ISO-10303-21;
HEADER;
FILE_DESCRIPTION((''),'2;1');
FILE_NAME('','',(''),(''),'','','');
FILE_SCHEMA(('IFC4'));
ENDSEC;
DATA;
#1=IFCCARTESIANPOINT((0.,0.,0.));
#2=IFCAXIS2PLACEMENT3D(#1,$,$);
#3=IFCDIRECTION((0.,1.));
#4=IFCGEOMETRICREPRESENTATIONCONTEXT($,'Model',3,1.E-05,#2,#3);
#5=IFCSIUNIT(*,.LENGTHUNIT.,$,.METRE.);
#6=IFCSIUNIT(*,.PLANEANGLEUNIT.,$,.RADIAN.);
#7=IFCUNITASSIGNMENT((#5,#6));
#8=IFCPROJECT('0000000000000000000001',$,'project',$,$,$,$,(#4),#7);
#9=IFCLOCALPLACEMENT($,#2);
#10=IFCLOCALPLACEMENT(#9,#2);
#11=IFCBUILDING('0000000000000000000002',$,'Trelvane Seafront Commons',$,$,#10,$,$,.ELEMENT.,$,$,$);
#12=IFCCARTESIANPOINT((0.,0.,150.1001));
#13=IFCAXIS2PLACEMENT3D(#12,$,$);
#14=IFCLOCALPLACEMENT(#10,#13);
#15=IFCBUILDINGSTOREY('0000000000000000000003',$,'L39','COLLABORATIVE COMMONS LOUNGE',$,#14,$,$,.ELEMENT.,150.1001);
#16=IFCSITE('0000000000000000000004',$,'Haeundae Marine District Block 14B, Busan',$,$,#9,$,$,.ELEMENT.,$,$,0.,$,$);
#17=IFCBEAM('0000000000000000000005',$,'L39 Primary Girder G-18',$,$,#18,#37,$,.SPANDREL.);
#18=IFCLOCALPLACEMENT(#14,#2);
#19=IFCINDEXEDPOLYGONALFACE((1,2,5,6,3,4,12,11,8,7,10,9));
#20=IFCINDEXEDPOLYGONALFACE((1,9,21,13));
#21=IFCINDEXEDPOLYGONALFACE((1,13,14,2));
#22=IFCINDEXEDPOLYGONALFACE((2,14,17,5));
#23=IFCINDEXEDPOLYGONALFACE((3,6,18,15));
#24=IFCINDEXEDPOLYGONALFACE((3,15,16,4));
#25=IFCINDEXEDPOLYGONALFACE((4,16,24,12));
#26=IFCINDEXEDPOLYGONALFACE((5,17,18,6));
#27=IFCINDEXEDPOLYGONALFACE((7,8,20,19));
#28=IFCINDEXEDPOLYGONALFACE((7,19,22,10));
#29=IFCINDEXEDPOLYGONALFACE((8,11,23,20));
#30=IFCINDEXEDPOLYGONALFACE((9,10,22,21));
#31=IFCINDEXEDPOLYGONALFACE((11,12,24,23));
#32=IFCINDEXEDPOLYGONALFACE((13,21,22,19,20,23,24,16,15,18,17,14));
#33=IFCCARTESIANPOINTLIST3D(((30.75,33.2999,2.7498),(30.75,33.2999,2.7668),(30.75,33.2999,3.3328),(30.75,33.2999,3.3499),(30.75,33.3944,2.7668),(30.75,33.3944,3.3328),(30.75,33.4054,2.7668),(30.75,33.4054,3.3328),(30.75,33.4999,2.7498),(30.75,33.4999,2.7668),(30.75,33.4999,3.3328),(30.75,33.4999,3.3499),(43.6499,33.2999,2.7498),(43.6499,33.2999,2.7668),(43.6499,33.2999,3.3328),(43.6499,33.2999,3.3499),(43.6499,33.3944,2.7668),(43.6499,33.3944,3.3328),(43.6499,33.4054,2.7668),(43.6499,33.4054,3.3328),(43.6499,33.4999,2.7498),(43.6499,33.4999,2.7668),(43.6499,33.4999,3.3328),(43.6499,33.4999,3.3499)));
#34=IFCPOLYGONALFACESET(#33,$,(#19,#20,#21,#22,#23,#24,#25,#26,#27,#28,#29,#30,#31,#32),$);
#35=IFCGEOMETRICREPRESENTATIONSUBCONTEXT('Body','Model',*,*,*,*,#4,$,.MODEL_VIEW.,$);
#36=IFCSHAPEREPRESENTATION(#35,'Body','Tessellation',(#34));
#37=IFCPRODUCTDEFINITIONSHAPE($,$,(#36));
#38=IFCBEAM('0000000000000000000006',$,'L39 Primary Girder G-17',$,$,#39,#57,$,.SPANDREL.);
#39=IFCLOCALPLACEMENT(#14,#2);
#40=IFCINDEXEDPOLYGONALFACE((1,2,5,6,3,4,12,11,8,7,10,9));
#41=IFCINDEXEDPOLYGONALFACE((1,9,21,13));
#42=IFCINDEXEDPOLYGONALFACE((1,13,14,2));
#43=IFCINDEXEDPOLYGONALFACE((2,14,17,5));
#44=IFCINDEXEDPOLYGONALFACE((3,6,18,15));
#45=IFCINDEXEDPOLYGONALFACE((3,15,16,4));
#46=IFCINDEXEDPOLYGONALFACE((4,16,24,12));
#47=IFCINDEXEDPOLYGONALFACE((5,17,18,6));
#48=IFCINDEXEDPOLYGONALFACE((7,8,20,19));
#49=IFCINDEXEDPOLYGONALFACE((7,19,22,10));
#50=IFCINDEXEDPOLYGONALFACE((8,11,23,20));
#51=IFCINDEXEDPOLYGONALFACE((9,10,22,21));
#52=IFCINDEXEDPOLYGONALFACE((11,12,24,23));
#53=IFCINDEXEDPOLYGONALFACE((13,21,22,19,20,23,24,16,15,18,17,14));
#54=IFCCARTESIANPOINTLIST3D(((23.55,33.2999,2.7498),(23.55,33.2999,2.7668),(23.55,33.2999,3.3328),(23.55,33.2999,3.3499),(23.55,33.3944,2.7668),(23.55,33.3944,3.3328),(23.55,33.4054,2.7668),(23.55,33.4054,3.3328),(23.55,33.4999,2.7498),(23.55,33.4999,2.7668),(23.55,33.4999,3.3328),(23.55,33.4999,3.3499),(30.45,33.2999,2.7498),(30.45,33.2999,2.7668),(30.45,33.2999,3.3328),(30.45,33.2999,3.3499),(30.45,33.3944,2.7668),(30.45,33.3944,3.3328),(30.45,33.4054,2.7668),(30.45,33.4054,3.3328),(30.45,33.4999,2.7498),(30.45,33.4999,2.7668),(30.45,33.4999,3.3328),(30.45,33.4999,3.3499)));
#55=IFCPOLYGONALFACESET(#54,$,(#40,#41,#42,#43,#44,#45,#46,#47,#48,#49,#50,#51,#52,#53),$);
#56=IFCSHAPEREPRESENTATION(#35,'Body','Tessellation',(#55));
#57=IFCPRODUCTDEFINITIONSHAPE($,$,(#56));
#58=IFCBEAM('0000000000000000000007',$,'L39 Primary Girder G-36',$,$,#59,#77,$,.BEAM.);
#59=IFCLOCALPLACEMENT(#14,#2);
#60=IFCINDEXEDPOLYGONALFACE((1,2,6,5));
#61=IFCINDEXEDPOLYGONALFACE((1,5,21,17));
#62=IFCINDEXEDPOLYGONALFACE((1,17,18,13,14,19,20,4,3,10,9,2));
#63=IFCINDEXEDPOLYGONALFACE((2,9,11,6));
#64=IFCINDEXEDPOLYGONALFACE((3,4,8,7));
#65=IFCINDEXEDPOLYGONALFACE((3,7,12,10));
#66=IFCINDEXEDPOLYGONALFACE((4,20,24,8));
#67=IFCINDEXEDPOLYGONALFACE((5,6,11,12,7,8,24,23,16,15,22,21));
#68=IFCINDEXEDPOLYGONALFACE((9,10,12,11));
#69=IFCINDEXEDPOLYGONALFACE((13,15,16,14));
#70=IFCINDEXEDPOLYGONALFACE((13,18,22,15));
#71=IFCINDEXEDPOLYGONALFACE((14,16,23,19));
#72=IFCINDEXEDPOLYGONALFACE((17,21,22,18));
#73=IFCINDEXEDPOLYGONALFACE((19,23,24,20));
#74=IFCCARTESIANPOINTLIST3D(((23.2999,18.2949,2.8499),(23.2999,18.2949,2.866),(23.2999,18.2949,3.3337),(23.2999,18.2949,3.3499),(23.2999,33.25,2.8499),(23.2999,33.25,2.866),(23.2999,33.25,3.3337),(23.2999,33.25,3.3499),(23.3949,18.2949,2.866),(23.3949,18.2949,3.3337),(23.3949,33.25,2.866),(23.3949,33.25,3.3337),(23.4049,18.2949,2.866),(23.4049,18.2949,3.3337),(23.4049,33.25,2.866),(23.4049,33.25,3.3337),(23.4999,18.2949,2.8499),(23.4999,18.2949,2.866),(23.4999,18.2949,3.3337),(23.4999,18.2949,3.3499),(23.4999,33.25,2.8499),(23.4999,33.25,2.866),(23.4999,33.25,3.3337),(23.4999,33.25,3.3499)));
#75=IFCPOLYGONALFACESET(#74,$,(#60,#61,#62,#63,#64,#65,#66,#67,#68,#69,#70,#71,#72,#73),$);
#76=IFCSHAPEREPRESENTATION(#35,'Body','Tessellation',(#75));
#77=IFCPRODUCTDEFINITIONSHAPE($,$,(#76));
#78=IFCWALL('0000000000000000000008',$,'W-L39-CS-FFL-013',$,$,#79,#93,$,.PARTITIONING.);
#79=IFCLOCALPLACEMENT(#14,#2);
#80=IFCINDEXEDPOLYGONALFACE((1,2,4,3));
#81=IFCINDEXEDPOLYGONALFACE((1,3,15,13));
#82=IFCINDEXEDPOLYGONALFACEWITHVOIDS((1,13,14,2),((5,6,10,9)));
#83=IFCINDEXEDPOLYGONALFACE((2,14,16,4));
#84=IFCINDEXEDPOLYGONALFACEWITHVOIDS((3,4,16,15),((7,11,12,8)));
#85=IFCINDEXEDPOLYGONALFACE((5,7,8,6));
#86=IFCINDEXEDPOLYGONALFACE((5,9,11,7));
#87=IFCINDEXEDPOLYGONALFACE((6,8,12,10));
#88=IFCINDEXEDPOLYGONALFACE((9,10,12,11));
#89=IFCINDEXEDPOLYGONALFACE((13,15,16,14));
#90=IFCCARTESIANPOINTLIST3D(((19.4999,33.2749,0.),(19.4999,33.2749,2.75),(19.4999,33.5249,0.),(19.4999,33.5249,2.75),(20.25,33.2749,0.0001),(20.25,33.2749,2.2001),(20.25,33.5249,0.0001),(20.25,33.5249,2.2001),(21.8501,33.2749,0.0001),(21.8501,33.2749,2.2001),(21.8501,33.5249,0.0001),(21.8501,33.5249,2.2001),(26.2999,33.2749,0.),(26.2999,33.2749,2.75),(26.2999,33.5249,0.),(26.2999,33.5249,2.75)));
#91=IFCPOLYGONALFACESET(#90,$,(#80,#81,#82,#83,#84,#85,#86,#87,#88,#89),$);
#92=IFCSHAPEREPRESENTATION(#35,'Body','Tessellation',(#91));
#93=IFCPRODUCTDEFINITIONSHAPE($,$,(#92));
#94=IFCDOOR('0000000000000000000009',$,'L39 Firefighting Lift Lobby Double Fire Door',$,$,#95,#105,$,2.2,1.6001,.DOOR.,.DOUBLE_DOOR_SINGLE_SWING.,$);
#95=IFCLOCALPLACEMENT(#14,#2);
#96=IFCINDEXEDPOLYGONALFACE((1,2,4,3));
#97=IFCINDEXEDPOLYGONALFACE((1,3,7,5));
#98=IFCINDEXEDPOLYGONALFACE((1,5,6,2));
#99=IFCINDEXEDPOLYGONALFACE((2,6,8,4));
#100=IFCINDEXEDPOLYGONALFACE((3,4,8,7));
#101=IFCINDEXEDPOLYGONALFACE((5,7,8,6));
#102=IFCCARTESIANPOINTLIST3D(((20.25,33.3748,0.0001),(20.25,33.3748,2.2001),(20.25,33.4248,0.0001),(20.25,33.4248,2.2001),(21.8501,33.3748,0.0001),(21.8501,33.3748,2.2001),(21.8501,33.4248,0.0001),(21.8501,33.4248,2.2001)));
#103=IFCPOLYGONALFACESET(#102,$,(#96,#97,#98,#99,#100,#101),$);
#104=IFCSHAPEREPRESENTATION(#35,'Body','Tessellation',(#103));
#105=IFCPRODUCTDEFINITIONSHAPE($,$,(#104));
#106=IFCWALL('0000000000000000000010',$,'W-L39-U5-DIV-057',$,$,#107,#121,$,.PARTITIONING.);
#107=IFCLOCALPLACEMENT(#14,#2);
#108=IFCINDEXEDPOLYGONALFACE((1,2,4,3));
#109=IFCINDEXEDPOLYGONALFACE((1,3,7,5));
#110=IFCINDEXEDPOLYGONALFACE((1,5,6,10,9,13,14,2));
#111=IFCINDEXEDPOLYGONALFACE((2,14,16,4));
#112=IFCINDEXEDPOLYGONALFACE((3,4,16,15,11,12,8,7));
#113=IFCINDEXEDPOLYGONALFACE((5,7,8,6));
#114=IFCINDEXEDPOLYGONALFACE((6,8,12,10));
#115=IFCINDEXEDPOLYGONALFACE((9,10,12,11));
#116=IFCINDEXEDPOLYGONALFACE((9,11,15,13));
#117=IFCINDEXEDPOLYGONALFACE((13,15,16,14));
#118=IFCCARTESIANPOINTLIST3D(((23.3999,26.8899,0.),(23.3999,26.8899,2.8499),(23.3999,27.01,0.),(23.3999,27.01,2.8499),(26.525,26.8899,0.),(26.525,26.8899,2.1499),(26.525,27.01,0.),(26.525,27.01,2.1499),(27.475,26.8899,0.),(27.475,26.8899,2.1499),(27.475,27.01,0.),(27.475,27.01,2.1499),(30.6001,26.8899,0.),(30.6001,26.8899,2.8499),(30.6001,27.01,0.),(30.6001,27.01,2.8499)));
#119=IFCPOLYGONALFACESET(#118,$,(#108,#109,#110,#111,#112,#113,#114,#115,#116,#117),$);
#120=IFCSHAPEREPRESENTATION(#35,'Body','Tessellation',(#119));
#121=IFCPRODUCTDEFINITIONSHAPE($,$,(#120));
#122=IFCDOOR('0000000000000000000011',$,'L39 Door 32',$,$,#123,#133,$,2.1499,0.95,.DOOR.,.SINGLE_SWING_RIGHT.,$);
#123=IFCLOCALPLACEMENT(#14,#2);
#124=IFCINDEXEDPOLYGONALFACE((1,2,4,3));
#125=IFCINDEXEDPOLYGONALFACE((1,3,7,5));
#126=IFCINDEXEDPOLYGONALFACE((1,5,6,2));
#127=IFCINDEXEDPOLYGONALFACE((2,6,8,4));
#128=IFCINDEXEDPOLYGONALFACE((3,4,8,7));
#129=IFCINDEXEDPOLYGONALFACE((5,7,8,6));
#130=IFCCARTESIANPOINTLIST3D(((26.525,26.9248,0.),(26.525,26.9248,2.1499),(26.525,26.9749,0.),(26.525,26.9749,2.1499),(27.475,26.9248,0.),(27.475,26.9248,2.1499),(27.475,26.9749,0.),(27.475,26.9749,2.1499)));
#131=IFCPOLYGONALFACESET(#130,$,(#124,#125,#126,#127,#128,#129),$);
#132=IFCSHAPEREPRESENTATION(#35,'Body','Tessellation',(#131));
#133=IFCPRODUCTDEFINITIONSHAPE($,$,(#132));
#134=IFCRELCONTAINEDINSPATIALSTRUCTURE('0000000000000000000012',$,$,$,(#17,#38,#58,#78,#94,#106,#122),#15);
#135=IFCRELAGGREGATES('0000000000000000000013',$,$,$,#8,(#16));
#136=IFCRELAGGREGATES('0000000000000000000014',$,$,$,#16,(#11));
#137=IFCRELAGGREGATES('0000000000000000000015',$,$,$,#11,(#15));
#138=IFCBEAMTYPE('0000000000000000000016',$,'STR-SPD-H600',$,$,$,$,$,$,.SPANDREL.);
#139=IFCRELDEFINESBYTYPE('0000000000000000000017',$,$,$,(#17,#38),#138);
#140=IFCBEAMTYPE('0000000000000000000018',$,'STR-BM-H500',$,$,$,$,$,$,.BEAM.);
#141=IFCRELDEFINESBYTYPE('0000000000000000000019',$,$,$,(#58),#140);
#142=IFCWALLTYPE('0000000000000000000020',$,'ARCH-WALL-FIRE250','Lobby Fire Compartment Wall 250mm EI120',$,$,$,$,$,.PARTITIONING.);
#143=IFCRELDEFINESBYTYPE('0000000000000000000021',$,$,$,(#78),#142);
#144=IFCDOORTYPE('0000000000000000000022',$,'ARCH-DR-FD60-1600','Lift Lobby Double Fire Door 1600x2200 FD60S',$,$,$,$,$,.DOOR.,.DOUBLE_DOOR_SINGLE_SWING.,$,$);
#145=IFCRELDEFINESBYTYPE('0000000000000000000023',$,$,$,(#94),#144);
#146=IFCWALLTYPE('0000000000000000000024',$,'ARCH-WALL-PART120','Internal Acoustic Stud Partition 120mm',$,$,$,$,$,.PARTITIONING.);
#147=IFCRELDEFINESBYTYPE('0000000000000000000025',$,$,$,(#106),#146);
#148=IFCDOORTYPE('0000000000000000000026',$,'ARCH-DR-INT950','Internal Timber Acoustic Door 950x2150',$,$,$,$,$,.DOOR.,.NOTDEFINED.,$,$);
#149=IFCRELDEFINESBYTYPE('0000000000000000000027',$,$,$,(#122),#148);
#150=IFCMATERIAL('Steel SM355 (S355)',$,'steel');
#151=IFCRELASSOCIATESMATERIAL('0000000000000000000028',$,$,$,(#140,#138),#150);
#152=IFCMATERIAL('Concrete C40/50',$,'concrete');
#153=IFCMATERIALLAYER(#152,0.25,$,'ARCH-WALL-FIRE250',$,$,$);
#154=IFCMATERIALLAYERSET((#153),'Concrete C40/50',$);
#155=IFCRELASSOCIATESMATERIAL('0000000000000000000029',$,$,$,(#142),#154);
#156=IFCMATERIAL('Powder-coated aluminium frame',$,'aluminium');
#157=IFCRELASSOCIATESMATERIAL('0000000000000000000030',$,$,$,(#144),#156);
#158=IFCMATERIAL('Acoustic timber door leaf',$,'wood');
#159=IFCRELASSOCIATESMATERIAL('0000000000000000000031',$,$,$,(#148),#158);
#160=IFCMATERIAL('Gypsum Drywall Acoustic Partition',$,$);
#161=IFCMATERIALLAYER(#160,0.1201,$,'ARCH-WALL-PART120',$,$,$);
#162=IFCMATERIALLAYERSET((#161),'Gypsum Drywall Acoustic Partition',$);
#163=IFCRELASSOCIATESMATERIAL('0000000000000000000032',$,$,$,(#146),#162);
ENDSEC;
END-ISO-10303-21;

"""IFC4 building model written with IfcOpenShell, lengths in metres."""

from ifc_helpers import new_model, si_unit, direction, frame, frame_2d, origin, origin_2d, place, context, subcontext, project, spatial, rectangle, i_section, extrude, source, transform, mapped, material, layer, layer_set, material_profile, profile_set, type_object, element, fill, save


model = new_model("IFC4")

# Units and contexts
model_context = context("Model", 3, precision=1e-05, world=origin(), true_north=direction((0.0, 1.0)))
body_context = subcontext(model_context, "Body", "Model", "MODEL_VIEW")
ifc_project = project(units=[si_unit("LENGTHUNIT", "METRE"), si_unit("PLANEANGLEUNIT", "RADIAN")], contexts=[model_context])

# Site, building, storey
site_placement = place(None, origin())
site = spatial("IfcSite", under=ifc_project, at=site_placement, Name="Haeundae Marine District Block 14B, Busan", CompositionType="ELEMENT", RefElevation=0.0)
building_placement = place(site_placement, origin())
building = spatial("IfcBuilding", under=site, at=building_placement, Name="Trelvane Seafront Commons", CompositionType="ELEMENT")
storey_placement = place(building_placement, frame((0.0, 0.0, 150.1001)))
storey = spatial("IfcBuildingStorey", under=building, at=storey_placement, Name="L39", Description="COLLABORATIVE COMMONS LOUNGE", CompositionType="ELEMENT", Elevation=150.1001)

# Shared definitions
ifc_material_1 = material(Name="Steel SM355 (S355)", Category="steel")

# Beams
ifc_material_profile_1 = material_profile(ifc_material_1, i_section(OverallWidth=0.2, OverallDepth=0.5, WebThickness=0.01, FlangeThickness=0.0161, at=origin_2d()), Name="H-500x200x10x16")
ifc_profile_set_1 = profile_set([ifc_material_profile_1], Name="Steel SM355 (S355)")
beam_type_1 = type_object("IfcBeamType", Name="STR-BM-H500", PredefinedType="BEAM", material=ifc_profile_set_1)
ifc_material_profile_2 = material_profile(ifc_material_1, i_section(OverallWidth=0.2, OverallDepth=0.6001, WebThickness=0.011, FlangeThickness=0.0171, at=origin_2d()), Name="H-600x200x11x17")
ifc_profile_set_2 = profile_set([ifc_material_profile_2], Name="Steel SM355 (S355)")
beam_type_2 = type_object("IfcBeamType", Name="STR-SPD-H600", PredefinedType="SPANDREL", material=ifc_profile_set_2)
shared_shape_1 = source(origin(), body_context, "Body", "SweptSolid", [
    extrude(i_section(OverallWidth=0.2, OverallDepth=0.6001, WebThickness=0.011, FlangeThickness=0.0171, at=origin_2d()), origin(), (0.0, 0.0, 1.0), 12.8999),
])
for number, where, z_axis, x_axis, name in (
    (1, (30.75, 33.3999, 3.0498), (1.0, 0.0, 0.0), (0.0, 1.0, 0.0), "L39 Primary Girder G-18"),
):
    element("IfcBeam", number, at=place(storey_placement, frame(where, z_axis=z_axis, x_axis=x_axis)), inside=storey, type_object=beam_type_2, Name=name, PredefinedType="SPANDREL", context=body_context, shape_type="MappedRepresentation", body=[
        mapped(shared_shape_1, transform((0.0, 0.0, 0.0), x_axis=(1.0, 0.0, 0.0), y_axis=(0.0, 1.0, 0.0), z_axis=(0.0, 0.0, 1.0), scale=1.0)),
    ])
shared_shape_2 = source(origin(), body_context, "Body", "SweptSolid", [
    extrude(i_section(OverallWidth=0.2, OverallDepth=0.6001, WebThickness=0.011, FlangeThickness=0.0171, at=origin_2d()), origin(), (0.0, 0.0, 1.0), 6.8999),
])
beam_1_placement = place(storey_placement, frame((23.55, 33.3999, 3.0498), z_axis=(1.0, 0.0, 0.0), x_axis=(0.0, 1.0, 0.0)))
element("IfcBeam", 2, at=beam_1_placement, inside=storey, type_object=beam_type_2, Name="L39 Primary Girder G-17", PredefinedType="SPANDREL", context=body_context, shape_type="MappedRepresentation", body=[
    mapped(shared_shape_2, transform((0.0, 0.0, 0.0), x_axis=(1.0, 0.0, 0.0), y_axis=(0.0, 1.0, 0.0), z_axis=(0.0, 0.0, 1.0), scale=1.0)),
])
shared_shape_3 = source(origin(), body_context, "Body", "SweptSolid", [
    extrude(i_section(OverallWidth=0.2, OverallDepth=0.5, WebThickness=0.01, FlangeThickness=0.0161, at=origin_2d()), origin(), (0.0, 0.0, 1.0), 14.9551),
])
beam_2_placement = place(storey_placement, frame((23.3999, 18.2949, 3.0999), z_axis=(0.0, 1.0, 0.0), x_axis=(-1.0, 0.0, 0.0)))
element("IfcBeam", 3, at=beam_2_placement, inside=storey, type_object=beam_type_1, Name="L39 Primary Girder G-36", PredefinedType="BEAM", context=body_context, shape_type="MappedRepresentation", body=[
    mapped(shared_shape_3, transform((0.0, 0.0, 0.0), x_axis=(1.0, 0.0, 0.0), y_axis=(0.0, 1.0, 0.0), z_axis=(0.0, 0.0, 1.0), scale=1.0)),
])

# Walls, openings, doors
ifc_material_2 = material(Name="Concrete C40/50", Category="concrete")
ifc_layer_1 = layer(ifc_material_2, 0.25, Name="ARCH-WALL-FIRE250")
ifc_layer_set_1 = layer_set([ifc_layer_1], Name="Concrete C40/50")
wall_type_1 = type_object("IfcWallType", Name="ARCH-WALL-FIRE250", Description="Lobby Fire Compartment Wall 250mm EI120", PredefinedType="PARTITIONING", material=ifc_layer_set_1)
wall_1_placement = place(storey_placement, frame((19.5, 33.3999, 0.0), z_axis=(0.0, 0.0, 1.0), x_axis=(1.0, 0.0, 0.0)))
wall_1 = element("IfcWall", 4, at=wall_1_placement, inside=storey, type_object=wall_type_1, Name="W-L39-CS-FFL-013", PredefinedType="PARTITIONING", context=body_context, shape_type="SweptSolid", body=[
    extrude(rectangle(XDim=6.8, YDim=0.25, at=frame_2d((3.3999, 0.0))), origin(), (0.0, 0.0, 1.0), 2.75),
])
opening_1_placement = place(wall_1_placement, frame((0.75, 0.0, 0.0)))
opening_1 = element("IfcOpeningElement", 5, at=opening_1_placement, cuts=wall_1, PredefinedType="OPENING", context=body_context, shape_type="SweptSolid", body=[
    extrude(rectangle(XDim=1.6001, YDim=2.2, at=frame_2d((0.8, 1.1001))), frame((0.0, 0.135, 0.0), z_axis=(0.0, -1.0, 0.0), x_axis=(1.0, 0.0, 0.0)), (0.0, 0.0, 1.0), 0.27),
])
ifc_material_3 = material(Name="Powder-coated aluminium frame", Category="aluminium")
door_type_1 = type_object("IfcDoorType", Name="ARCH-DR-FD60-1600", Description="Lift Lobby Double Fire Door 1600x2200 FD60S", OperationType="DOUBLE_DOOR_SINGLE_SWING", PredefinedType="DOOR", material=ifc_material_3)
shared_shape_4 = source(origin(), body_context, "Body", "SweptSolid", [
    extrude(rectangle(XDim=1.6001, YDim=2.2, at=frame_2d((0.8, 1.1001))), frame((0.0, 0.0249, 0.0), z_axis=(0.0, -1.0, 0.0), x_axis=(1.0, 0.0, 0.0)), (0.0, 0.0, 1.0), 0.05),
])
door_1_placement = place(opening_1_placement, origin())
door_1 = element("IfcDoor", 6, at=door_1_placement, inside=storey, type_object=door_type_1, Name="L39 Firefighting Lift Lobby Double Fire Door", OperationType="DOUBLE_DOOR_SINGLE_SWING", OverallHeight=2.2, OverallWidth=1.6001, PredefinedType="DOOR", context=body_context, shape_type="MappedRepresentation", body=[
    mapped(shared_shape_4, transform((0.0, 0.0, 0.0), x_axis=(1.0, 0.0, 0.0), y_axis=(0.0, 1.0, 0.0), z_axis=(0.0, 0.0, 1.0), scale=1.0)),
])
fill(opening_1, door_1)
ifc_material_4 = material(Name="Acoustic timber door leaf", Category="wood")
door_type_2 = type_object("IfcDoorType", Name="ARCH-DR-INT950", Description="Internal Timber Acoustic Door 950x2150", OperationType="NOTDEFINED", PredefinedType="DOOR", material=ifc_material_4)
shared_shape_5 = source(origin(), body_context, "Body", "SweptSolid", [
    extrude(rectangle(XDim=0.95, YDim=2.1499, at=frame_2d((0.4751, 1.075))), frame((0.0, 0.0249, 0.0), z_axis=(0.0, -1.0, 0.0), x_axis=(1.0, 0.0, 0.0)), (0.0, 0.0, 1.0), 0.05),
])
ifc_material_5 = material(Name="Gypsum Drywall Acoustic Partition")
ifc_layer_2 = layer(ifc_material_5, 0.1201, Name="ARCH-WALL-PART120")
ifc_layer_set_2 = layer_set([ifc_layer_2], Name="Gypsum Drywall Acoustic Partition")
wall_type_2 = type_object("IfcWallType", Name="ARCH-WALL-PART120", Description="Internal Acoustic Stud Partition 120mm", PredefinedType="PARTITIONING", material=ifc_layer_set_2)
wall_2_placement = place(storey_placement, frame((23.3999, 26.95, 0.0), z_axis=(0.0, 0.0, 1.0), x_axis=(1.0, 0.0, 0.0)))
wall_2 = element("IfcWall", 7, at=wall_2_placement, inside=storey, type_object=wall_type_2, Name="W-L39-U5-DIV-057", PredefinedType="PARTITIONING", context=body_context, shape_type="SweptSolid", body=[
    extrude(rectangle(XDim=7.2002, YDim=0.1201, at=frame_2d((3.6001, 0.0))), origin(), (0.0, 0.0, 1.0), 2.8499),
])
opening_2_placement = place(wall_2_placement, frame((3.125, 0.0, 0.0)))
opening_2 = element("IfcOpeningElement", 8, at=opening_2_placement, cuts=wall_2, PredefinedType="OPENING", context=body_context, shape_type="SweptSolid", body=[
    extrude(rectangle(XDim=0.95, YDim=2.1499, at=frame_2d((0.4751, 1.075))), frame((0.0, 0.0701, 0.0), z_axis=(0.0, -1.0, 0.0), x_axis=(1.0, 0.0, 0.0)), (0.0, 0.0, 1.0), 0.1401),
])
door_2_placement = place(opening_2_placement, origin())
door_2 = element("IfcDoor", 9, at=door_2_placement, inside=storey, type_object=door_type_2, Name="L39 Door 32", OperationType="SINGLE_SWING_RIGHT", OverallHeight=2.1499, OverallWidth=0.95, PredefinedType="DOOR", context=body_context, shape_type="MappedRepresentation", body=[
    mapped(shared_shape_5, transform((0.0, 0.0, 0.0), x_axis=(1.0, 0.0, 0.0), y_axis=(0.0, 1.0, 0.0), z_axis=(0.0, 0.0, 1.0), scale=1.0)),
])
fill(opening_2, door_2)

save(model, "model.ifc")
